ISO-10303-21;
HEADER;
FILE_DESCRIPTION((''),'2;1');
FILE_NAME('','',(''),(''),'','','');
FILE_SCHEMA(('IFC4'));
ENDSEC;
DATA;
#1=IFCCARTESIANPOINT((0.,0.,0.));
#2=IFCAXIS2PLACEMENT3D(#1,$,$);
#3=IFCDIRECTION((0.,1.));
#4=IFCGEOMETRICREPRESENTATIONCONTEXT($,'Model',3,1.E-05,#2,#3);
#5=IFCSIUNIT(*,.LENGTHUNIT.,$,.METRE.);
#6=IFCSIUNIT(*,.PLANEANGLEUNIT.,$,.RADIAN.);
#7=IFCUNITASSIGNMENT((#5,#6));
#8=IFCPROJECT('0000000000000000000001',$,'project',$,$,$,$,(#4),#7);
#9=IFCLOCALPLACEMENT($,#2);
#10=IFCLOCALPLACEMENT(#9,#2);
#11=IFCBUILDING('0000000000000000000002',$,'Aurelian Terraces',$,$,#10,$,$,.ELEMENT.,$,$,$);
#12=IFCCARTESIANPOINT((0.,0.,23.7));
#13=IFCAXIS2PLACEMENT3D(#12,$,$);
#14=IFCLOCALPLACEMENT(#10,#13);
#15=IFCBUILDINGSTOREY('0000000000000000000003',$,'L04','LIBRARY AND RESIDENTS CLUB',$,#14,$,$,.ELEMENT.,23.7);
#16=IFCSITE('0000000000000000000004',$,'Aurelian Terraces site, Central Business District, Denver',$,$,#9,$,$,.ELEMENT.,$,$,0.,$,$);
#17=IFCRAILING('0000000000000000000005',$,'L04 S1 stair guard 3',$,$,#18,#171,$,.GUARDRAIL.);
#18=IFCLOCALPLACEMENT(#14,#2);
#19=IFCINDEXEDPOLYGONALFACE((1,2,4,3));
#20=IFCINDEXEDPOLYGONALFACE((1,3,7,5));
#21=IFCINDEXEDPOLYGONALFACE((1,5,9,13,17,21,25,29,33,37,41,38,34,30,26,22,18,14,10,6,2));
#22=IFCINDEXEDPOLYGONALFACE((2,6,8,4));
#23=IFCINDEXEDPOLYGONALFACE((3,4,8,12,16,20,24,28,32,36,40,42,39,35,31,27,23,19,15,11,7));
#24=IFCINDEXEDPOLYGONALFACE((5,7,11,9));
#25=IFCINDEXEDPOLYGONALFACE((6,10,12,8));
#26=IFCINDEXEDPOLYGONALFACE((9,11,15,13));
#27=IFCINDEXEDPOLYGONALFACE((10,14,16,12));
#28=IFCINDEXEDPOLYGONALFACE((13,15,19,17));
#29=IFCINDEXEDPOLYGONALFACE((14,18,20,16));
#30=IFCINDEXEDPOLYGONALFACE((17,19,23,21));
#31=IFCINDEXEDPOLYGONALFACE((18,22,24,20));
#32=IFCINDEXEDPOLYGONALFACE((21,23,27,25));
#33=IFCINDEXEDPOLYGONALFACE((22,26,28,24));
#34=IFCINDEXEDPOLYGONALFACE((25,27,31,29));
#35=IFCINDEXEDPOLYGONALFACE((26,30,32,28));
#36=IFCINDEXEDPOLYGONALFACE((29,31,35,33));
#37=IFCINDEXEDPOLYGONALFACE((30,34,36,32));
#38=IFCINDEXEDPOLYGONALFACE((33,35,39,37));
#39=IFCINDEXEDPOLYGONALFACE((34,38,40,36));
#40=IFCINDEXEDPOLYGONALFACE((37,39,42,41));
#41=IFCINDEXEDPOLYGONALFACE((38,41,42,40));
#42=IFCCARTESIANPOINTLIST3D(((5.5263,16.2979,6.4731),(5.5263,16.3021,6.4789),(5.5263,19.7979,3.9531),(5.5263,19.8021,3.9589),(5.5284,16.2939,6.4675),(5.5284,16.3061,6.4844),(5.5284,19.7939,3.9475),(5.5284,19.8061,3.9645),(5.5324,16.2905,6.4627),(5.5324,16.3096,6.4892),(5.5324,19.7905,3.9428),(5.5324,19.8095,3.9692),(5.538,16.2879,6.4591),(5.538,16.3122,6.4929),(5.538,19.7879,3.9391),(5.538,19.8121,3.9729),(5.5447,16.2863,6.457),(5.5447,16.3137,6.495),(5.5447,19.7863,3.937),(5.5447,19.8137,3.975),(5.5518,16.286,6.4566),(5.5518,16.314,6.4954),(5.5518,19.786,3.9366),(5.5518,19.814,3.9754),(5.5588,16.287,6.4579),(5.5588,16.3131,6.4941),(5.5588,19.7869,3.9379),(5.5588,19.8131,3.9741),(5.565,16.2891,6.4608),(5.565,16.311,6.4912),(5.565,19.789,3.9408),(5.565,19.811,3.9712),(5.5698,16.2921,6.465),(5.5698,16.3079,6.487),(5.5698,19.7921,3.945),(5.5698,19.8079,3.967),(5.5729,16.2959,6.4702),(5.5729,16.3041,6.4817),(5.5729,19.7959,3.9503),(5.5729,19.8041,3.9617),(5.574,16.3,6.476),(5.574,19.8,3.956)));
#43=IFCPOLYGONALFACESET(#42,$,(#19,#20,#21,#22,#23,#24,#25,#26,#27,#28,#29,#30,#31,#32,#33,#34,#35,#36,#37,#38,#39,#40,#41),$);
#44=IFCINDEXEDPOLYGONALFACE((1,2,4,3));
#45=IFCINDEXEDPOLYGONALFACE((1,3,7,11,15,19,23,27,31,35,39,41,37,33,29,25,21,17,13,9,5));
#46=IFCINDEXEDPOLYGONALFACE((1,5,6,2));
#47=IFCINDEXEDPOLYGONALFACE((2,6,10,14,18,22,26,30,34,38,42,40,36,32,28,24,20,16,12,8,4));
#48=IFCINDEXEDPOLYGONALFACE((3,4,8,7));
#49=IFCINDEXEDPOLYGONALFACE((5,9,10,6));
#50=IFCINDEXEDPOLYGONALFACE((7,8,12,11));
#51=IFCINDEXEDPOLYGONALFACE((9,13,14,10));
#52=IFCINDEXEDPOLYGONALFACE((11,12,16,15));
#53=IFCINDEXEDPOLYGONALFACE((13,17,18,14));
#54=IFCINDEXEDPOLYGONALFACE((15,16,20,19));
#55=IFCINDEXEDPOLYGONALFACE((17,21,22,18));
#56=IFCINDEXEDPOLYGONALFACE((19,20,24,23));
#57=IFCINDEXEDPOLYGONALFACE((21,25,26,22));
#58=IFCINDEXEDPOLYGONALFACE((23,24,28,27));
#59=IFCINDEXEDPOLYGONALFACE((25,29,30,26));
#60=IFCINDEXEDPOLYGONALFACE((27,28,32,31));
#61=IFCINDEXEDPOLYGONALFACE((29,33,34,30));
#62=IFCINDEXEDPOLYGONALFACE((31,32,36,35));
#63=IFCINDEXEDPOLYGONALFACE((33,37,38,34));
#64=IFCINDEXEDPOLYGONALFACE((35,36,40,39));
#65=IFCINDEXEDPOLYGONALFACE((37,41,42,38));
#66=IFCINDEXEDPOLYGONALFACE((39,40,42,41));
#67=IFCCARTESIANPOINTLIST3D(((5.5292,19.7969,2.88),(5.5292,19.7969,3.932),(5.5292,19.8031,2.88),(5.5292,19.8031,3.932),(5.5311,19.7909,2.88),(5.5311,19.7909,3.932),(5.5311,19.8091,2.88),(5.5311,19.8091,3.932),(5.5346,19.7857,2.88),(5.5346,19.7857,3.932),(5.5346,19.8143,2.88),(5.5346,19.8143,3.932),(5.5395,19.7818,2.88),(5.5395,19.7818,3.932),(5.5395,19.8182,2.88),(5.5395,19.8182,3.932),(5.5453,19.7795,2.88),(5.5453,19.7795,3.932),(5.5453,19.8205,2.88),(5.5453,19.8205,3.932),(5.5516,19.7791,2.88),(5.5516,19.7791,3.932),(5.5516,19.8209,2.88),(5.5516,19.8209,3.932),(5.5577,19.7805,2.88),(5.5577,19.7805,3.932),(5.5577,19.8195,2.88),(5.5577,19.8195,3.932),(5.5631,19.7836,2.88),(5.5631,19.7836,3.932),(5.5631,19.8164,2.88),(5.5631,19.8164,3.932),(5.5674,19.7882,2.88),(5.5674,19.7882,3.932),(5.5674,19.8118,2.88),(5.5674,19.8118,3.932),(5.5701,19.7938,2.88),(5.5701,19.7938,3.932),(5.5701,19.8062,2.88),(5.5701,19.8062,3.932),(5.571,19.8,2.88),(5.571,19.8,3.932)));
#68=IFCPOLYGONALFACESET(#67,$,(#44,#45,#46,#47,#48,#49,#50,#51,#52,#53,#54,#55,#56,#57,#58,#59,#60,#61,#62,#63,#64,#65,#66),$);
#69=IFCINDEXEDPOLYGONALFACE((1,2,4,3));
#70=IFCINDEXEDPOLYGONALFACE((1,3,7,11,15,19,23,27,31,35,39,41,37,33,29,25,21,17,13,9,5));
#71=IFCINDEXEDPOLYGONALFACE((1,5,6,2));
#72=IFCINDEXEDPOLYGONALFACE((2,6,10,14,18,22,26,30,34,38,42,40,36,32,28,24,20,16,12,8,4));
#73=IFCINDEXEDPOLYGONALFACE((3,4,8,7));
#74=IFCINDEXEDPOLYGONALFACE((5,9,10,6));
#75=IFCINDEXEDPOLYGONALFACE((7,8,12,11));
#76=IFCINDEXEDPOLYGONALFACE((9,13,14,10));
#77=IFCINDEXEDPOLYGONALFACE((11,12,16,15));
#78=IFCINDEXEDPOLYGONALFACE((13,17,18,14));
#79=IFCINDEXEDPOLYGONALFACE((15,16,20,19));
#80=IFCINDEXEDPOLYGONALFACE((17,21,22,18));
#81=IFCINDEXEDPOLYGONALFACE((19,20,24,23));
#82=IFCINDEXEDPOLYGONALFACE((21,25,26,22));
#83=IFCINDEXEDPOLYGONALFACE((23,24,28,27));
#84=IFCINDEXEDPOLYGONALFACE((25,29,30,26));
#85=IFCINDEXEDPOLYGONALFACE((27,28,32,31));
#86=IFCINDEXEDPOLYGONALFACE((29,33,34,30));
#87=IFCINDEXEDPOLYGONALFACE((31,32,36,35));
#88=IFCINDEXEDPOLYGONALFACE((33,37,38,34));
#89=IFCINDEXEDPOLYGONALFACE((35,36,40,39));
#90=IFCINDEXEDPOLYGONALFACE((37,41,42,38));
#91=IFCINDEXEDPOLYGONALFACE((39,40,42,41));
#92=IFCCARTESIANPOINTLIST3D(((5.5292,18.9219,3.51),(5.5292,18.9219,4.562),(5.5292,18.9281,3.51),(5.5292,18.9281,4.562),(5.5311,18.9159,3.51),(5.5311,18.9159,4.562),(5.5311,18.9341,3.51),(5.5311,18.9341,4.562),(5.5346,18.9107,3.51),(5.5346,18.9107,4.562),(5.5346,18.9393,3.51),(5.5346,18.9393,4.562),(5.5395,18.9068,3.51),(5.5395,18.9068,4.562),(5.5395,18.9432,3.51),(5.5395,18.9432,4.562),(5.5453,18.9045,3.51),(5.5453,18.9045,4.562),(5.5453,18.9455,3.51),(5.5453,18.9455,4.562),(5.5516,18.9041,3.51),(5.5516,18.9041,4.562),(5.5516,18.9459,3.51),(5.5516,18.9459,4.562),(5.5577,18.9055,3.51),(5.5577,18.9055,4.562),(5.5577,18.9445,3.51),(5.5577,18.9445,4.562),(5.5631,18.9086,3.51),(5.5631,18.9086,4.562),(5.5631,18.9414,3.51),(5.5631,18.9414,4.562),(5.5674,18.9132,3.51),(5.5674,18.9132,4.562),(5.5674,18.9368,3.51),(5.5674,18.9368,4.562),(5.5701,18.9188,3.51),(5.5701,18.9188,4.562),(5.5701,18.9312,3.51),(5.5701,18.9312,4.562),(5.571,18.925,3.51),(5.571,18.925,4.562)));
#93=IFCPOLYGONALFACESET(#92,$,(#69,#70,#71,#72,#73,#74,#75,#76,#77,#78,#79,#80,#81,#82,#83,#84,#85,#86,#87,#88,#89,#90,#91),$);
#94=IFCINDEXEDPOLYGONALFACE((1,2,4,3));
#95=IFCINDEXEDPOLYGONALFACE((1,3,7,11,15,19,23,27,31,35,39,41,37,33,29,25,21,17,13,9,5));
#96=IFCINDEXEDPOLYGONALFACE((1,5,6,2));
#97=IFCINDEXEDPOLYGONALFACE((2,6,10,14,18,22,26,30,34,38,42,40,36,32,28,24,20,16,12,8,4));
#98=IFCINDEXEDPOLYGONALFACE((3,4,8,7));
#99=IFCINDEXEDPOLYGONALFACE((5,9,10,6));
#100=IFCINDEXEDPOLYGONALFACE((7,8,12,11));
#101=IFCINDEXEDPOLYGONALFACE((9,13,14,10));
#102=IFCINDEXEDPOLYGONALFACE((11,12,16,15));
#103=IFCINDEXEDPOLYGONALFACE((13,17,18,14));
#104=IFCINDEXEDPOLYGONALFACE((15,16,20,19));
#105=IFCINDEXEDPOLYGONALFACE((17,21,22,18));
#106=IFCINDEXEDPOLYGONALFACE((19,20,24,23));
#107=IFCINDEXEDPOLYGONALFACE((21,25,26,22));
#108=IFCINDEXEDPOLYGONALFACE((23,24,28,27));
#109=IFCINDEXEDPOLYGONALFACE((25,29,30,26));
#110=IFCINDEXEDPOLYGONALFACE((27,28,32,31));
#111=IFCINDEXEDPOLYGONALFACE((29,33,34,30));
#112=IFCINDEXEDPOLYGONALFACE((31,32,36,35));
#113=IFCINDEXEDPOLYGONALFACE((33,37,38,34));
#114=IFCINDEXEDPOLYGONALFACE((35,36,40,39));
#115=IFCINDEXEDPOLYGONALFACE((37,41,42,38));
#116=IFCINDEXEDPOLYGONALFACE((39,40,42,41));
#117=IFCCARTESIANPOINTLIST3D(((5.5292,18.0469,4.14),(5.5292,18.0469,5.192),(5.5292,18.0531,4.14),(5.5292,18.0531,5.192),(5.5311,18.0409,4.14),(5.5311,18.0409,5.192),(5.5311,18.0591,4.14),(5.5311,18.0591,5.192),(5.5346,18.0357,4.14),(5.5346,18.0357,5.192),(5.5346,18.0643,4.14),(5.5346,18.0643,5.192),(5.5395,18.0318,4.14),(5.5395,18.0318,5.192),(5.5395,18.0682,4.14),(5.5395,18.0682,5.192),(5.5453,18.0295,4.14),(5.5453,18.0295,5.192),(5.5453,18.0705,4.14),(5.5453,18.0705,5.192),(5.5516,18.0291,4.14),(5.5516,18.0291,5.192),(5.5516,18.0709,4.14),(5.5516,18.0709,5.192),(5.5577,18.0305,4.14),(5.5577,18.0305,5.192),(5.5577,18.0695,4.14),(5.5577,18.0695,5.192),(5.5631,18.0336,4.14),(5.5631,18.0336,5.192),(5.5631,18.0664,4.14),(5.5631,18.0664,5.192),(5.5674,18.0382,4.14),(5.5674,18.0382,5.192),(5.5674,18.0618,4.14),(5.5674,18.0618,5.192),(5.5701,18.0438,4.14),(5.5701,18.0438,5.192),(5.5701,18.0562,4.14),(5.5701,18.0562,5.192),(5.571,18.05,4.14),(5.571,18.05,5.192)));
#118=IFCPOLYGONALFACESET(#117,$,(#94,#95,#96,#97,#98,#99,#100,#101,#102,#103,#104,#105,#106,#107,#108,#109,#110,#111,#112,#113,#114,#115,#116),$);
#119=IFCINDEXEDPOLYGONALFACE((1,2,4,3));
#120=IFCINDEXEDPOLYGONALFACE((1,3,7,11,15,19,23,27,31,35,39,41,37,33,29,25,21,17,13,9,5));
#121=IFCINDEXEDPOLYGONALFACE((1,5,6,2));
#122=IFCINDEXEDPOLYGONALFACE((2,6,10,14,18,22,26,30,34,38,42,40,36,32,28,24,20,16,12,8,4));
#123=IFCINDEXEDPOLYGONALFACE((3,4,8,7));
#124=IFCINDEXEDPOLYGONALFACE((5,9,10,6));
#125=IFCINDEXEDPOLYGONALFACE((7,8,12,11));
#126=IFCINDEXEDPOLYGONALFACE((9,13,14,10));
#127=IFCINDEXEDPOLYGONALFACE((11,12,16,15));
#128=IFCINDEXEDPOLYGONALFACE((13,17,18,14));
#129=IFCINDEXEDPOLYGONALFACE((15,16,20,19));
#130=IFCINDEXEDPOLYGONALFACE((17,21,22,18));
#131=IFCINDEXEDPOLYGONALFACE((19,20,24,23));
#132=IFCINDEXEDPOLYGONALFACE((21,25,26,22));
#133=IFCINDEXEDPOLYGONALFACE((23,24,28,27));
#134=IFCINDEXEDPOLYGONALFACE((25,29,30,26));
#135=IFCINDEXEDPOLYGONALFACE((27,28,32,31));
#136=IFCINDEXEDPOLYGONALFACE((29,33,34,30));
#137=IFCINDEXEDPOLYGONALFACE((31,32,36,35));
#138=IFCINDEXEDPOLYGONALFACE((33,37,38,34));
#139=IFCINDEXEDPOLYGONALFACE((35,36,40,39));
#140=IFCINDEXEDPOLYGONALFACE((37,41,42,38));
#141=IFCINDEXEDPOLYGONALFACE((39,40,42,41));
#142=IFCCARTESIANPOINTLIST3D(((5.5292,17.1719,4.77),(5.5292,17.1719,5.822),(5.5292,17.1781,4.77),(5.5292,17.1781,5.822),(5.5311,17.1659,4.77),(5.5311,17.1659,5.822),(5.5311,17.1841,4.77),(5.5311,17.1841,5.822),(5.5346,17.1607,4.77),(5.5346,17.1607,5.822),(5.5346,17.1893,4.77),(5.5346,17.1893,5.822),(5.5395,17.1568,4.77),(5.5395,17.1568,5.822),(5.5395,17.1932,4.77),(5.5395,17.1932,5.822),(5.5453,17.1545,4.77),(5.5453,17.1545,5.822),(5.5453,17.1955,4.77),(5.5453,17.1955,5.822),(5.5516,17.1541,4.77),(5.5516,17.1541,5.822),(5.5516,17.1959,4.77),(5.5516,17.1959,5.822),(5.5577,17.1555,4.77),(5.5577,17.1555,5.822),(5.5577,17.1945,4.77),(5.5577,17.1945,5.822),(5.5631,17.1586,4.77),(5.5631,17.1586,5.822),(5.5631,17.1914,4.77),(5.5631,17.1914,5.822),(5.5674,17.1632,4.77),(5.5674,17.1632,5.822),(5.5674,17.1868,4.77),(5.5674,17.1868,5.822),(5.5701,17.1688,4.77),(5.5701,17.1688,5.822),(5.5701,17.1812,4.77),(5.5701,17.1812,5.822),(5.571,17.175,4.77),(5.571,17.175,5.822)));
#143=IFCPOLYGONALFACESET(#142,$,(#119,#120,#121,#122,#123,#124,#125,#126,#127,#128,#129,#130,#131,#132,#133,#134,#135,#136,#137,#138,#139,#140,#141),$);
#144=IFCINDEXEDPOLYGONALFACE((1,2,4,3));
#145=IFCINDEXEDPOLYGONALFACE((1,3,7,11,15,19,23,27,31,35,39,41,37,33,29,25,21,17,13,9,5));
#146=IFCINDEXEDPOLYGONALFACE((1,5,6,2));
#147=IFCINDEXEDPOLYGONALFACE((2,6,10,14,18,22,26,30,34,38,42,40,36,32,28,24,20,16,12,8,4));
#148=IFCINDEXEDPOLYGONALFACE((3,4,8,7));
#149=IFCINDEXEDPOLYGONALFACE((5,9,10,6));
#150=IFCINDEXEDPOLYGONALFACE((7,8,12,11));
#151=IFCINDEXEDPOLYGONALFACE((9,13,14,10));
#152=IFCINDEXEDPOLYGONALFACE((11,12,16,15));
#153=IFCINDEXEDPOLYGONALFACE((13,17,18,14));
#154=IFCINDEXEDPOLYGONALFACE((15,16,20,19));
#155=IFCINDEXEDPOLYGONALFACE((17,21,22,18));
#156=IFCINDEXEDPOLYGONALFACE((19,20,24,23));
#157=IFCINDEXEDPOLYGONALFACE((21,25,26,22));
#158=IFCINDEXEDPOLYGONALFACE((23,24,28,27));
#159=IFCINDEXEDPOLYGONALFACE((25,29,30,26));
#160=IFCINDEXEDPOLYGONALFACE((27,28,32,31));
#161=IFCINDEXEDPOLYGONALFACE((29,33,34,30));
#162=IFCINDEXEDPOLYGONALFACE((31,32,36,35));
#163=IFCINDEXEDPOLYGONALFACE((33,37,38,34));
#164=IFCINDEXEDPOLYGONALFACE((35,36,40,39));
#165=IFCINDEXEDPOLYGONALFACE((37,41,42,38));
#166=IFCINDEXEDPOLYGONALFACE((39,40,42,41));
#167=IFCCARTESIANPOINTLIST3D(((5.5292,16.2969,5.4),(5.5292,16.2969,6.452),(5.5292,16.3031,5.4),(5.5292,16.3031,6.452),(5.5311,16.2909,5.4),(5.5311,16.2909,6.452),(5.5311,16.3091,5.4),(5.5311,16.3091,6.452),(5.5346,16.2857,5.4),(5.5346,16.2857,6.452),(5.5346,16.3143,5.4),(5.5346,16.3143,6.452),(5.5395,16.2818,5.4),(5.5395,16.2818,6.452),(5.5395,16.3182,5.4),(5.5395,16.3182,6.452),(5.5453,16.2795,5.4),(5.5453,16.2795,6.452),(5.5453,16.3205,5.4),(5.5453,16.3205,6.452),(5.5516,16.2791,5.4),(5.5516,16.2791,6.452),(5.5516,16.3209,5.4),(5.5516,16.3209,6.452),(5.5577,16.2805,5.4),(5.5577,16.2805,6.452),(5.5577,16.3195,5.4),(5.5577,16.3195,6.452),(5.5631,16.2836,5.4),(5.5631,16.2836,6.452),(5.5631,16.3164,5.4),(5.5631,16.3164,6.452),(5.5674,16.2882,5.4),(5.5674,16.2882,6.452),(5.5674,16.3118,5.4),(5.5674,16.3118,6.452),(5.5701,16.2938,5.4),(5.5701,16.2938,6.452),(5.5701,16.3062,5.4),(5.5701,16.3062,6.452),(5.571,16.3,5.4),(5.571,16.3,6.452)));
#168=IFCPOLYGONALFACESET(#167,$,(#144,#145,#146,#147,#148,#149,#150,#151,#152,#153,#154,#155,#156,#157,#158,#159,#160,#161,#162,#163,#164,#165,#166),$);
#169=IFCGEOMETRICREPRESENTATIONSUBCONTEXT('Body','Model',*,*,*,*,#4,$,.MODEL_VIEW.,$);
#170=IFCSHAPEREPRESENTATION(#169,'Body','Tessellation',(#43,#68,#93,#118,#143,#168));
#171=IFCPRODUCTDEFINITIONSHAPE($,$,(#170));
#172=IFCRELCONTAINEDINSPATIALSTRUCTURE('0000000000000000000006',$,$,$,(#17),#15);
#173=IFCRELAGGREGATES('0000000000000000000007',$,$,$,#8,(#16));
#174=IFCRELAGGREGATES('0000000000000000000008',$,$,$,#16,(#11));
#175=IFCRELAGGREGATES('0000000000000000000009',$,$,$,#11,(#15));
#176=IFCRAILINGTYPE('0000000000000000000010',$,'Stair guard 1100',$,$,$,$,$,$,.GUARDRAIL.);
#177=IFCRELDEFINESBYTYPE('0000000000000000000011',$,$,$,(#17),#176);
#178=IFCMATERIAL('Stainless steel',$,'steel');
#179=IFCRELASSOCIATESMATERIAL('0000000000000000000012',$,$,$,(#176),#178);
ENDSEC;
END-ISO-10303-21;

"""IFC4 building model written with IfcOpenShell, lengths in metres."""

from ifc_helpers import new_model, si_unit, direction, frame, origin, origin_2d, place, context, subcontext, project, spatial, circle, extrude, source, transform, mapped, material, type_object, element, save


model = new_model("IFC4")

# Units and contexts
model_context = context("Model", 3, precision=1e-05, world=origin(), true_north=direction((0.0, 1.0)))
body_context = subcontext(model_context, "Body", "Model", "MODEL_VIEW")
ifc_project = project(units=[si_unit("LENGTHUNIT", "METRE"), si_unit("PLANEANGLEUNIT", "RADIAN")], contexts=[model_context])

# Site, building, storey
site_placement = place(None, origin())
site = spatial("IfcSite", under=ifc_project, at=site_placement, Name="Aurelian Terraces site, Central Business District, Denver", CompositionType="ELEMENT", RefElevation=0.0)
building_placement = place(site_placement, origin())
building = spatial("IfcBuilding", under=site, at=building_placement, Name="Aurelian Terraces", CompositionType="ELEMENT")
storey_placement = place(building_placement, frame((0.0, 0.0, 23.7)))
storey = spatial("IfcBuildingStorey", under=building, at=storey_placement, Name="L04", Description="LIBRARY AND RESIDENTS CLUB", CompositionType="ELEMENT", Elevation=23.7)

# Railing
ifc_material_1 = material(Name="Stainless steel", Category="steel")
railing_type_1 = type_object("IfcRailingType", Name="Stair guard 1100", PredefinedType="GUARDRAIL", material=ifc_material_1)
shared_shape_1 = source(origin(), body_context, "Body", "SweptSolid", [
    extrude(circle(Radius=0.024, at=origin_2d()), frame((0.0, 0.0, 1.076), z_axis=(0.0, -0.811534, 0.584305), x_axis=(1.0, 0.0, 0.0)), (0.0, 0.0, 1.0), 4.3128),
    extrude(circle(Radius=0.021, at=origin_2d()), origin(), (0.0, 0.0, 1.0), 1.052),
    extrude(circle(Radius=0.021, at=origin_2d()), frame((0.0, -0.875, 0.63)), (0.0, 0.0, 1.0), 1.052),
    extrude(circle(Radius=0.021, at=origin_2d()), frame((0.0, -1.75, 1.26)), (0.0, 0.0, 1.0), 1.052),
    extrude(circle(Radius=0.021, at=origin_2d()), frame((0.0, -2.625, 1.89)), (0.0, 0.0, 1.0), 1.052),
    extrude(circle(Radius=0.021, at=origin_2d()), frame((0.0, -3.5, 2.52)), (0.0, 0.0, 1.0), 1.052),
])
railing_1_placement = place(storey_placement, frame((5.55, 19.8, 2.88)))
element("IfcRailing", 1, at=railing_1_placement, inside=storey, type_object=railing_type_1, Name="L04 S1 stair guard 3", PredefinedType="GUARDRAIL", context=body_context, shape_type="MappedRepresentation", body=[
    mapped(shared_shape_1, transform((0.0, 0.0, 0.0), scale=1.0)),
])

save(model, "model.ifc")
